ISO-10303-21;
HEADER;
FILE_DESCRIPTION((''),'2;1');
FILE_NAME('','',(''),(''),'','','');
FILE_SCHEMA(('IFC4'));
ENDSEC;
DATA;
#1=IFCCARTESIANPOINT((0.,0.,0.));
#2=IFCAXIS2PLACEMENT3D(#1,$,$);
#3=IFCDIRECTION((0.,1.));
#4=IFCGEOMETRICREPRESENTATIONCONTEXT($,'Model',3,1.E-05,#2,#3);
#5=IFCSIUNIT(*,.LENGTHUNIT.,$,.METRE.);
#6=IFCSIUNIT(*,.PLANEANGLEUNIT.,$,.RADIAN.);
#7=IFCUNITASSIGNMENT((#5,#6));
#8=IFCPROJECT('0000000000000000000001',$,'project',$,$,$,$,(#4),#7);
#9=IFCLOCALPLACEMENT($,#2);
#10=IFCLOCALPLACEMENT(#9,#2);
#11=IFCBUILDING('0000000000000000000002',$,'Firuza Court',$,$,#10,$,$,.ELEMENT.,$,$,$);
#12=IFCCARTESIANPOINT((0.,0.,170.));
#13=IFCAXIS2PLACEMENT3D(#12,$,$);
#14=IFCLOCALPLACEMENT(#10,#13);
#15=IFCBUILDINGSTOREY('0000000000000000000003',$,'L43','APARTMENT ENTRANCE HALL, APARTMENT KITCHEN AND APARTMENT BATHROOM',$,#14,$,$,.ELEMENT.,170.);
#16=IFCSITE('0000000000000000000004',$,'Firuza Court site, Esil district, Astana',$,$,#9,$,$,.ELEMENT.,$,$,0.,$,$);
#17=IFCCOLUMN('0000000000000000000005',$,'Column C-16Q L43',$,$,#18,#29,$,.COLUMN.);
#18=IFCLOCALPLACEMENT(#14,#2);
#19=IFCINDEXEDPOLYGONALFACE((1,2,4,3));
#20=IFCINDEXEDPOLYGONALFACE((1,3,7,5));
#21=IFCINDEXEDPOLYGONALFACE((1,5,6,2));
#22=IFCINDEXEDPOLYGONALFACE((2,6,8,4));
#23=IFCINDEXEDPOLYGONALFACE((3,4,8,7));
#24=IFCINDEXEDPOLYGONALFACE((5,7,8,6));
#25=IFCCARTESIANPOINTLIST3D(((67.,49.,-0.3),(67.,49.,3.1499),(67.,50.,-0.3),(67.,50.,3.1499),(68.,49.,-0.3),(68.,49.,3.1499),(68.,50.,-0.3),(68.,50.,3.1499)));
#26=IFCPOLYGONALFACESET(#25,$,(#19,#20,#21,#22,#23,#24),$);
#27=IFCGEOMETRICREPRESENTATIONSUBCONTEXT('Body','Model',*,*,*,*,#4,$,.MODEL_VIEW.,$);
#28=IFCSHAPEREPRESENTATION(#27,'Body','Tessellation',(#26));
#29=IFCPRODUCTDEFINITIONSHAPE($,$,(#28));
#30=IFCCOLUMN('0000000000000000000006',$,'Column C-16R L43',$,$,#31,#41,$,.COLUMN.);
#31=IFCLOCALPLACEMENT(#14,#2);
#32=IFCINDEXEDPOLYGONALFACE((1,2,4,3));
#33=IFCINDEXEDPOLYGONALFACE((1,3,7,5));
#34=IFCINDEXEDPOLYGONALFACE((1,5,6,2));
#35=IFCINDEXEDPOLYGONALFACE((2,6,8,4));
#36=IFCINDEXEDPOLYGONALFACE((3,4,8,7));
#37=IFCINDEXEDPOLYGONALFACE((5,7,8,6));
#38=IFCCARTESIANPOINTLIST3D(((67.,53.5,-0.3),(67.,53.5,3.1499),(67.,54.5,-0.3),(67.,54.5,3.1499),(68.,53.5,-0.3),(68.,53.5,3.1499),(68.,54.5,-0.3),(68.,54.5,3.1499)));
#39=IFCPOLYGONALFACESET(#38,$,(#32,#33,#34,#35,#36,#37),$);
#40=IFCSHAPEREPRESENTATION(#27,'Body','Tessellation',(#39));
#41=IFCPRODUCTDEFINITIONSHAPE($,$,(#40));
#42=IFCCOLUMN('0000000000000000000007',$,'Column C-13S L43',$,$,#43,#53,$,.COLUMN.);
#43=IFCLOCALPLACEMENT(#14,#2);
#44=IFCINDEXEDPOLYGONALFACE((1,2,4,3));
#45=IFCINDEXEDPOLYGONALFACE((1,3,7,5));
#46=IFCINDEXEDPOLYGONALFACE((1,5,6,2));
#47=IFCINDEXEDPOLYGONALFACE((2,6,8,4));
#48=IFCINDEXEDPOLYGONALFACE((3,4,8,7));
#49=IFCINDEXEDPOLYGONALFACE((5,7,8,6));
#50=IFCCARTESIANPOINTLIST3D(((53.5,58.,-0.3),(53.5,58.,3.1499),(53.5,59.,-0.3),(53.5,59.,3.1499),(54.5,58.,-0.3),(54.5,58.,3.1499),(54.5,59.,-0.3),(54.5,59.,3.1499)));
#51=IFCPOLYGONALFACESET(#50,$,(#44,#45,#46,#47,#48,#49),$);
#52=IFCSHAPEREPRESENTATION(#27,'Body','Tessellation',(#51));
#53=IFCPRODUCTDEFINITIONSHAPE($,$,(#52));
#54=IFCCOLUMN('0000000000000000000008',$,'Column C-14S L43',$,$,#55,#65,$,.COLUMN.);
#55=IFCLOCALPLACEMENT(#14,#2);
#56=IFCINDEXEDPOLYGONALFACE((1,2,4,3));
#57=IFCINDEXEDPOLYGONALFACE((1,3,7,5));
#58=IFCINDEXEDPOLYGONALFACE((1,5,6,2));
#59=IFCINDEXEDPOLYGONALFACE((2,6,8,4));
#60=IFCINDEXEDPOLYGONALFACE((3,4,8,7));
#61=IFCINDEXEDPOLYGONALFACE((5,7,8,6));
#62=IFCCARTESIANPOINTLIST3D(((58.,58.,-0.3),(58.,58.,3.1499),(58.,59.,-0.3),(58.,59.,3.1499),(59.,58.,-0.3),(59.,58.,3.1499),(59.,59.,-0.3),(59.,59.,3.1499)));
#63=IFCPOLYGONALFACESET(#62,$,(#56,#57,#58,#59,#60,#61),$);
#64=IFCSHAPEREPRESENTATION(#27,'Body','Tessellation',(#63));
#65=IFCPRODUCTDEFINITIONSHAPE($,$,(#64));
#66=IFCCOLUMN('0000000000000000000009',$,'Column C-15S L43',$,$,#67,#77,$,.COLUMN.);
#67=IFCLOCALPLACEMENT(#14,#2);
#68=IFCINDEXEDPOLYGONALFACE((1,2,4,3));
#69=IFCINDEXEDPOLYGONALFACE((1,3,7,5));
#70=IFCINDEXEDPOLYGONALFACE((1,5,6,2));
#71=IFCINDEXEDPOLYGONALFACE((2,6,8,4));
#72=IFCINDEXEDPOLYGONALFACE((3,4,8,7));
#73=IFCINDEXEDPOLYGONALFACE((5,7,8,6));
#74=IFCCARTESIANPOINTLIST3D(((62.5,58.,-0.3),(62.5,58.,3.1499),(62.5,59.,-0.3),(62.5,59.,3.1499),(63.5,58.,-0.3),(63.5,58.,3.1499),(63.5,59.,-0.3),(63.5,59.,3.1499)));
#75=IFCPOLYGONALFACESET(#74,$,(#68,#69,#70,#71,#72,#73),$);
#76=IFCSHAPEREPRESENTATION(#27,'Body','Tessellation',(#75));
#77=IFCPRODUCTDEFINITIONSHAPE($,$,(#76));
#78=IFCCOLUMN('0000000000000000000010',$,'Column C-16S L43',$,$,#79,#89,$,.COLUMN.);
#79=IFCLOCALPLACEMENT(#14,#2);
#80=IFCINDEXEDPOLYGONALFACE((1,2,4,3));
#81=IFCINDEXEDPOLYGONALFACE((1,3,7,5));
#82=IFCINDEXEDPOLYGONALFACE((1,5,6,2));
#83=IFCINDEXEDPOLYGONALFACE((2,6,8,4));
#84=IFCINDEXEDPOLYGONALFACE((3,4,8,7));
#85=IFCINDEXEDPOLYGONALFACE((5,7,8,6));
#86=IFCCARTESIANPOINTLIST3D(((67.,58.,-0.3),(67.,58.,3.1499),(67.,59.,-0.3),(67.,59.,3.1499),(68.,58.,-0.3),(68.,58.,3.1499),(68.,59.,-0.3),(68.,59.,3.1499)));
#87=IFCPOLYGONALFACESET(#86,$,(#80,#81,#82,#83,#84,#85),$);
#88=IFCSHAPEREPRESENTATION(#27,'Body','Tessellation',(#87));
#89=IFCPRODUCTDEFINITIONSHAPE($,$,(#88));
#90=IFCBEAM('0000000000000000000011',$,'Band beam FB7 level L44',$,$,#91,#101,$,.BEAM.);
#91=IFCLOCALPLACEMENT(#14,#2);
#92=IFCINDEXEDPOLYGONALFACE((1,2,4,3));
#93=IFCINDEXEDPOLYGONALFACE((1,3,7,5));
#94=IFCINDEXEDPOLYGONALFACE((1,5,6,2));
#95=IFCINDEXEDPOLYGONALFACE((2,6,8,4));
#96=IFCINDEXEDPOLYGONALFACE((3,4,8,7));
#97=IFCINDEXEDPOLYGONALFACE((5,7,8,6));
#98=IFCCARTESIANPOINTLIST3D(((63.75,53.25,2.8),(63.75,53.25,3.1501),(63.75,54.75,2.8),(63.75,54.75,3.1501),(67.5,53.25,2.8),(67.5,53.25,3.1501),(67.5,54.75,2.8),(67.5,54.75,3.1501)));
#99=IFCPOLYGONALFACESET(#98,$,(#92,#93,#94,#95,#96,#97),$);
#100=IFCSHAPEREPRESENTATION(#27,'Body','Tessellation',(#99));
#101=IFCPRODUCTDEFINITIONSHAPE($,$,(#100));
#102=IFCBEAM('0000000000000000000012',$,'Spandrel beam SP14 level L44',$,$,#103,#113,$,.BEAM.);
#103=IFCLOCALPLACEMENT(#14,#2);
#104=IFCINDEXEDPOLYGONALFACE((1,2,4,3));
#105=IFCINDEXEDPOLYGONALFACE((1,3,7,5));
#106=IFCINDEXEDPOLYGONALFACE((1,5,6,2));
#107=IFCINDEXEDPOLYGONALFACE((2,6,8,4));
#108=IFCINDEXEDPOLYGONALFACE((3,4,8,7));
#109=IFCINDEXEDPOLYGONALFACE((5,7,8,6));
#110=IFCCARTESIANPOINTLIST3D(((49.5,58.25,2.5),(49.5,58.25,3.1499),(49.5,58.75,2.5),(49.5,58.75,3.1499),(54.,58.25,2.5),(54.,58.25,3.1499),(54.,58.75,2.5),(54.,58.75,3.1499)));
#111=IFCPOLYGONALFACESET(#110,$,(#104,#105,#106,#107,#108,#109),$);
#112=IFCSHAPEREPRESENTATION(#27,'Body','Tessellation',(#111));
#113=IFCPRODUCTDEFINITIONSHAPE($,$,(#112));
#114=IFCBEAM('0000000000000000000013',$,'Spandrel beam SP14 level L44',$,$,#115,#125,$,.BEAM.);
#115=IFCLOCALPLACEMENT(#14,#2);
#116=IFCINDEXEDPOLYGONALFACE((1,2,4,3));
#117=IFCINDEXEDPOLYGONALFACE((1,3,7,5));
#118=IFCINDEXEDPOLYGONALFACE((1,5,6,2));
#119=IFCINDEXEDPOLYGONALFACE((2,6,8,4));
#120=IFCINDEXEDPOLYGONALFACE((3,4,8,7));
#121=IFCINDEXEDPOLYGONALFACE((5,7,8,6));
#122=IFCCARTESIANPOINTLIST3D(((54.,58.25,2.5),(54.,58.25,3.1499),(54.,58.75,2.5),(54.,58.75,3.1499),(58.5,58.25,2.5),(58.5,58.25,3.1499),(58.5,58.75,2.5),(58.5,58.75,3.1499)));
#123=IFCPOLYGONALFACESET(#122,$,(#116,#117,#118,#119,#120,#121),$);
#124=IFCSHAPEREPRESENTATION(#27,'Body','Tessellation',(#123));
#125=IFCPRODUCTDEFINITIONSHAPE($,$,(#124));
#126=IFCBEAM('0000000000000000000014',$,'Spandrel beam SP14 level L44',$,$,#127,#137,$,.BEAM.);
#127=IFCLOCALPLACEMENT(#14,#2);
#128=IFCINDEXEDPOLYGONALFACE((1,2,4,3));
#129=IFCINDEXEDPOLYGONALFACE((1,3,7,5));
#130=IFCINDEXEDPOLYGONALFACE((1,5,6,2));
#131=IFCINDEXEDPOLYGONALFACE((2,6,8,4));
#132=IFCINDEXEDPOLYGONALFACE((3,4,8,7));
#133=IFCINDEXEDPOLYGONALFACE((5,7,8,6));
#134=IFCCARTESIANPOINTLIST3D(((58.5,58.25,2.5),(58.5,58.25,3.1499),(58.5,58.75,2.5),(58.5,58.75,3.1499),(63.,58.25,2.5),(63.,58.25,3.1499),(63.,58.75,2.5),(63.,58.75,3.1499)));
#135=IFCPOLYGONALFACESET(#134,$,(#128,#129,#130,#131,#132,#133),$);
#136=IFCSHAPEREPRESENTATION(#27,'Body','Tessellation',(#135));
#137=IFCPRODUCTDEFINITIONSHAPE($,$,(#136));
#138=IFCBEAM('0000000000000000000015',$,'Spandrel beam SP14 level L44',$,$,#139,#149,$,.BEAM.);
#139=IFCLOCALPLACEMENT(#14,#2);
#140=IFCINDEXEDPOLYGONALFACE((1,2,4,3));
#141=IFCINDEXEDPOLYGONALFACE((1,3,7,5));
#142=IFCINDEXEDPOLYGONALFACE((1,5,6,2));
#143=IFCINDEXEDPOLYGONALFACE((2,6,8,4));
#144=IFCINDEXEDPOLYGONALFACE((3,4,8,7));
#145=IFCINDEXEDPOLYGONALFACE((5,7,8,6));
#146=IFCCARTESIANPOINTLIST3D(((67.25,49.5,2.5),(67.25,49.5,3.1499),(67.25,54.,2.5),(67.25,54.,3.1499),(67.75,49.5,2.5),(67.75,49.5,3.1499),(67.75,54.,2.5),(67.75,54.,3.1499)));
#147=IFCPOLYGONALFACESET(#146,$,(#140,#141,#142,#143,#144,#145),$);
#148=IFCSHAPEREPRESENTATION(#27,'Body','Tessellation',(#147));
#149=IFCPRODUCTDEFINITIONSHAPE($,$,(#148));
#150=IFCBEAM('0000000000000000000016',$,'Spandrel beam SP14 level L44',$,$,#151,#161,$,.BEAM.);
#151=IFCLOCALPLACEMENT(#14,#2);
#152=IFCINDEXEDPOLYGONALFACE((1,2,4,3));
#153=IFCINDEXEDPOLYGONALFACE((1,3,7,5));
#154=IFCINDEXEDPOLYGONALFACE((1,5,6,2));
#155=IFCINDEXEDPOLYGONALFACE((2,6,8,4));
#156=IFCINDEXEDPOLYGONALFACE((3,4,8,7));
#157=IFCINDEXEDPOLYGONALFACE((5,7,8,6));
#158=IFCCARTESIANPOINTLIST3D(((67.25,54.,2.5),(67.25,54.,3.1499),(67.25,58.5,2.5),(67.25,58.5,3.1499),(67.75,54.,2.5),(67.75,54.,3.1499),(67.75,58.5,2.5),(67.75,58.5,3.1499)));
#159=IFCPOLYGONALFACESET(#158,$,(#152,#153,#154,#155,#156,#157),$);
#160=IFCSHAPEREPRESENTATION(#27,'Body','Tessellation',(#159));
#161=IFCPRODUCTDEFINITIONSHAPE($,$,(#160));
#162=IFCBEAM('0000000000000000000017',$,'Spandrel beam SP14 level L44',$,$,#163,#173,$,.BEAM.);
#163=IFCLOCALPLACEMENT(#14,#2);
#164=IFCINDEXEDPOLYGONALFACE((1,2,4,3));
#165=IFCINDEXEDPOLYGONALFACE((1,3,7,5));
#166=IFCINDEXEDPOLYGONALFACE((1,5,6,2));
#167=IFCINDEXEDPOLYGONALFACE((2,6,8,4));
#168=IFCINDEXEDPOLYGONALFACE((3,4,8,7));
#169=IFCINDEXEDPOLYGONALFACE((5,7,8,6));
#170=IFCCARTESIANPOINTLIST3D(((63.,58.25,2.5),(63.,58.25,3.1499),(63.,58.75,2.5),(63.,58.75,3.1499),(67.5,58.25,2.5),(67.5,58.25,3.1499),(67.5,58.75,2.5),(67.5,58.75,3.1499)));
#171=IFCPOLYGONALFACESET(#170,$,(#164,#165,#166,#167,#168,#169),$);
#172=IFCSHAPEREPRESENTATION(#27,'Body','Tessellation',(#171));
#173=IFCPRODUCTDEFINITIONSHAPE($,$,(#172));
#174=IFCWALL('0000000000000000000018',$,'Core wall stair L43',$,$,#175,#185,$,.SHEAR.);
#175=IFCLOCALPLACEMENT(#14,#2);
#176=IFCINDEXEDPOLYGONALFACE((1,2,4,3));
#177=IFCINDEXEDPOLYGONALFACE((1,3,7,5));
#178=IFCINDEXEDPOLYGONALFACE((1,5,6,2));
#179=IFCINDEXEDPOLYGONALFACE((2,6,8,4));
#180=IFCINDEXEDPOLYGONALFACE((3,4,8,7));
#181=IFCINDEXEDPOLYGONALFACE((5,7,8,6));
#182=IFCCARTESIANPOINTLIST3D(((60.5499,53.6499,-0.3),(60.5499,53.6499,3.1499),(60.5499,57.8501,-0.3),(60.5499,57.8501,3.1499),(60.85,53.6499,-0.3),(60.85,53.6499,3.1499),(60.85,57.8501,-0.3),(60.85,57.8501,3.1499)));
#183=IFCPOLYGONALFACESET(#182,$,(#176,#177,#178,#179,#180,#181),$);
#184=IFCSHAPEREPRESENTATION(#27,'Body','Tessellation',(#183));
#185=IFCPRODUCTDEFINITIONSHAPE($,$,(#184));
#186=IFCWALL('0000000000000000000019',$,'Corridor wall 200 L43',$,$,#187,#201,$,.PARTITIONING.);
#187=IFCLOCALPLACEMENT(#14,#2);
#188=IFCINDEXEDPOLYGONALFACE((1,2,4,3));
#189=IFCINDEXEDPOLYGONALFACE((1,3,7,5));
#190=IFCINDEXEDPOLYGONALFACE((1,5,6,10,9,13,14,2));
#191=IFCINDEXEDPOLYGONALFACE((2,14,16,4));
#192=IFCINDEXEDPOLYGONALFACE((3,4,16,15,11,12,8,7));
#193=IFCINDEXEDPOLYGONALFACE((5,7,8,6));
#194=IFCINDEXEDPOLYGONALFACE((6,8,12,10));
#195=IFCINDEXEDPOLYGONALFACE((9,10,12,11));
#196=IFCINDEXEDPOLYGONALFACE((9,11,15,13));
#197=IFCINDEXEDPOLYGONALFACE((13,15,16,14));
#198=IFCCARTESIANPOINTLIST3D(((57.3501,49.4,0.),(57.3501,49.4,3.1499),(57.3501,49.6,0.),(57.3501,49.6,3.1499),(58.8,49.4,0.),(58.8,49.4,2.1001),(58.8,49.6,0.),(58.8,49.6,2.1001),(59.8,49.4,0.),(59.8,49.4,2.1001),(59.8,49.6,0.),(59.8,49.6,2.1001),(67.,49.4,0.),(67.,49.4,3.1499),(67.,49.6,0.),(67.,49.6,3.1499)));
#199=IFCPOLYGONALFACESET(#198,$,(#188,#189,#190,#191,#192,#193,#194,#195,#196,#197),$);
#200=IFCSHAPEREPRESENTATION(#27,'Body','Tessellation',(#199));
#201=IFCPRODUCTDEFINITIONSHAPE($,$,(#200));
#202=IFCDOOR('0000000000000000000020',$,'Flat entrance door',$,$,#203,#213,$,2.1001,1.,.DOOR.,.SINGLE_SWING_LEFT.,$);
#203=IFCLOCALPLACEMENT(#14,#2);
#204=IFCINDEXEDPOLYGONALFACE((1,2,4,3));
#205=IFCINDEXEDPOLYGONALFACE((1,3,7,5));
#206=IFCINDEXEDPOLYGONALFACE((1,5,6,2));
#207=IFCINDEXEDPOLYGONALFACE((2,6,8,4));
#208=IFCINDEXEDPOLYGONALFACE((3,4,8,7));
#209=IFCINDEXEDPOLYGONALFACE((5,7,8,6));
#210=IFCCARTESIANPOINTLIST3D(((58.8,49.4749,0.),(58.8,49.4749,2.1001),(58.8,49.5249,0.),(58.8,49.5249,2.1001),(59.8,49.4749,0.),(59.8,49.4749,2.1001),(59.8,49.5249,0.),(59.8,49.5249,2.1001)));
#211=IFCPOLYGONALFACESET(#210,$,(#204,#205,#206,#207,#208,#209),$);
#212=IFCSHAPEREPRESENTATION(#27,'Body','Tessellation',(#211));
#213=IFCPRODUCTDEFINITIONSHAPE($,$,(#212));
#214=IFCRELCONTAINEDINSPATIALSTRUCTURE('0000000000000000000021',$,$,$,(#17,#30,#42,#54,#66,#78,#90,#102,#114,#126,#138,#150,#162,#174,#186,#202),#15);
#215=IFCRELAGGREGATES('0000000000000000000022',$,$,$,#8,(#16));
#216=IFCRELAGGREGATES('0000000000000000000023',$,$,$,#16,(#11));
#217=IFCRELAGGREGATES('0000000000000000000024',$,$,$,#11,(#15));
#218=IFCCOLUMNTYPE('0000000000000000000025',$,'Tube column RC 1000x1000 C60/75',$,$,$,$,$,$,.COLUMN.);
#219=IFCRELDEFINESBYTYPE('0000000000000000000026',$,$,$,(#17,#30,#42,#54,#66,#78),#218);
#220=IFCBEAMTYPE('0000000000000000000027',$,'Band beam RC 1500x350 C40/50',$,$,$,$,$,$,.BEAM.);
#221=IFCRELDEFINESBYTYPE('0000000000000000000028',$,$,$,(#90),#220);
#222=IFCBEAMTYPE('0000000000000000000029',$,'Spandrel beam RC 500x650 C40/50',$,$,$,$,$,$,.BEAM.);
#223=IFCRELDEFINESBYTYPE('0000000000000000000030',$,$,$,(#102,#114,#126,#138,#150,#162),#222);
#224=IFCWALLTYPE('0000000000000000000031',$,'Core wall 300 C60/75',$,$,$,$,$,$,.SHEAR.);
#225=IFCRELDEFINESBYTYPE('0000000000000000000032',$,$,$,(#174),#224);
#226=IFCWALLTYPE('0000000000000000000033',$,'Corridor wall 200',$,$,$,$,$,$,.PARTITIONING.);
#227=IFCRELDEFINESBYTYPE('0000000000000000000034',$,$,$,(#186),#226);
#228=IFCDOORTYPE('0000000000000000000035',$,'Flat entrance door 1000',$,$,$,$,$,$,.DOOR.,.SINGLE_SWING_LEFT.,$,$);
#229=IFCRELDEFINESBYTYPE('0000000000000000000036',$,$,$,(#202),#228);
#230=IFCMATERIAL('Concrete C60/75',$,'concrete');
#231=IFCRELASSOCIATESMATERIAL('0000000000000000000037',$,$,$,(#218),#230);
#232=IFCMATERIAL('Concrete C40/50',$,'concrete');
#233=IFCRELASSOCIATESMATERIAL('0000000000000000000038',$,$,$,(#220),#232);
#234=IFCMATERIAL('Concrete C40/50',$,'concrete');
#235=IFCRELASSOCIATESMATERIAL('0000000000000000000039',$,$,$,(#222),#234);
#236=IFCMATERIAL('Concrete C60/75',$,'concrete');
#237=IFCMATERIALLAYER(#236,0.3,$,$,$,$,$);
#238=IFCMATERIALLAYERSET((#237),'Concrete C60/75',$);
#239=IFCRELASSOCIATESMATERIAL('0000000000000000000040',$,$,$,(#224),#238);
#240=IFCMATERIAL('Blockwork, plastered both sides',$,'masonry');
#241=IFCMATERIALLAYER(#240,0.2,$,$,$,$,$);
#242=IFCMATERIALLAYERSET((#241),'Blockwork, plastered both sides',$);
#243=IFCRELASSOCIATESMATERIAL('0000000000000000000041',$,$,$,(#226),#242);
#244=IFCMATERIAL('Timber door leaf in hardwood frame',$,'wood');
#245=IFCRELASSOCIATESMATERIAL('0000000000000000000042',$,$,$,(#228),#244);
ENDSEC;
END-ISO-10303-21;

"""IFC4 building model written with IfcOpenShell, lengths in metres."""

from ifc_helpers import new_model, si_unit, direction, frame, frame_2d, origin, origin_2d, place, context, subcontext, project, spatial, rectangle, extrude, material, layer, layer_set, material_profile, profile_set, type_object, element, fill, save


model = new_model("IFC4")

# Units and contexts
model_context = context("Model", 3, precision=1e-05, world=origin(), true_north=direction((0.0, 1.0)))
body_context = subcontext(model_context, "Body", "Model", "MODEL_VIEW")
ifc_project = project(units=[si_unit("LENGTHUNIT", "METRE"), si_unit("PLANEANGLEUNIT", "RADIAN")], contexts=[model_context])

# Site, building, storey
site_placement = place(None, origin())
site = spatial("IfcSite", under=ifc_project, at=site_placement, Name="Firuza Court site, Esil district, Astana", CompositionType="ELEMENT", RefElevation=0.0)
building_placement = place(site_placement, origin())
building = spatial("IfcBuilding", under=site, at=building_placement, Name="Firuza Court", CompositionType="ELEMENT")
storey_placement = place(building_placement, frame((0.0, 0.0, 170.0)))
storey = spatial("IfcBuildingStorey", under=building, at=storey_placement, Name="L43", Description="APARTMENT ENTRANCE HALL, APARTMENT KITCHEN AND APARTMENT BATHROOM", CompositionType="ELEMENT", Elevation=170.0)

# Columns
ifc_material_1 = material(Name="Concrete C60/75", Category="concrete")
ifc_material_profile_1 = material_profile(ifc_material_1, rectangle(XDim=1.0, YDim=1.0, at=origin_2d()), Name="RC 1000x1000")
ifc_profile_set_1 = profile_set([ifc_material_profile_1], Name="Concrete C60/75")
column_type = type_object("IfcColumnType", Name="Tube column RC 1000x1000 C60/75", PredefinedType="COLUMN", material=ifc_profile_set_1)
for number, where, z_axis, x_axis, name in (
    (1, (67.5, 49.5, -0.3), (0.0, 0.0, 1.0), (1.0, 0.0, 0.0), "Column C-16Q L43"),
    (2, (67.5, 54.0, -0.3), (0.0, 0.0, 1.0), (1.0, 0.0, 0.0), "Column C-16R L43"),
    (3, (54.0, 58.5, -0.3), (0.0, 0.0, 1.0), (1.0, 0.0, 0.0), "Column C-13S L43"),
    (4, (58.5, 58.5, -0.3), (0.0, 0.0, 1.0), (1.0, 0.0, 0.0), "Column C-14S L43"),
    (5, (63.0, 58.5, -0.3), (0.0, 0.0, 1.0), (1.0, 0.0, 0.0), "Column C-15S L43"),
    (6, (67.5, 58.5, -0.3), (0.0, 0.0, 1.0), (1.0, 0.0, 0.0), "Column C-16S L43"),
):
    element("IfcColumn", number, at=place(storey_placement, frame(where, z_axis=z_axis, x_axis=x_axis)), inside=storey, type_object=column_type, Name=name, PredefinedType="COLUMN", context=body_context, shape_type="SweptSolid", body=[
        extrude(rectangle(XDim=1.0, YDim=1.0, at=origin_2d()), origin(), (0.0, 0.0, 1.0), 3.45),
    ])

# Beams
ifc_material_2 = material(Name="Concrete C40/50", Category="concrete")
ifc_material_profile_2 = material_profile(ifc_material_2, rectangle(XDim=1.5, YDim=0.3501, at=origin_2d()), Name="RC 1500x350")
ifc_profile_set_2 = profile_set([ifc_material_profile_2], Name="Concrete C40/50")
beam_type_1 = type_object("IfcBeamType", Name="Band beam RC 1500x350 C40/50", PredefinedType="BEAM", material=ifc_profile_set_2)
beam_placement = place(storey_placement, frame((67.5, 54.0, 2.9751), z_axis=(-1.0, 0.0, 0.0), x_axis=(0.0, -1.0, 0.0)))
element("IfcBeam", 7, at=beam_placement, inside=storey, type_object=beam_type_1, Name="Band beam FB7 level L44", PredefinedType="BEAM", context=body_context, shape_type="SweptSolid", body=[
    extrude(rectangle(XDim=1.5, YDim=0.3501, at=origin_2d()), origin(), (0.0, 0.0, 1.0), 3.75),
])
ifc_material_3 = material(Name="Concrete C40/50", Category="concrete")
ifc_material_profile_3 = material_profile(ifc_material_3, rectangle(XDim=0.5, YDim=0.6499, at=origin_2d()), Name="RC 500x650")
ifc_profile_set_3 = profile_set([ifc_material_profile_3], Name="Concrete C40/50")
beam_type_2 = type_object("IfcBeamType", Name="Spandrel beam RC 500x650 C40/50", PredefinedType="BEAM", material=ifc_profile_set_3)
for number, where, z_axis, x_axis, name in (
    (8, (54.0, 58.5, 2.825), (-1.0, 0.0, 0.0), (0.0, -1.0, 0.0), "Spandrel beam SP14 level L44"),
    (9, (58.5, 58.5, 2.825), (-1.0, 0.0, 0.0), (0.0, -1.0, 0.0), "Spandrel beam SP14 level L44"),
    (10, (63.0, 58.5, 2.825), (-1.0, 0.0, 0.0), (0.0, -1.0, 0.0), "Spandrel beam SP14 level L44"),
    (11, (67.5, 49.5, 2.825), (0.0, 1.0, 0.0), (-1.0, 0.0, 0.0), "Spandrel beam SP14 level L44"),
    (12, (67.5, 54.0, 2.825), (0.0, 1.0, 0.0), (-1.0, 0.0, 0.0), "Spandrel beam SP14 level L44"),
    (13, (67.5, 58.5, 2.825), (-1.0, 0.0, 0.0), (0.0, -1.0, 0.0), "Spandrel beam SP14 level L44"),
):
    element("IfcBeam", number, at=place(storey_placement, frame(where, z_axis=z_axis, x_axis=x_axis)), inside=storey, type_object=beam_type_2, Name=name, PredefinedType="BEAM", context=body_context, shape_type="SweptSolid", body=[
        extrude(rectangle(XDim=0.5, YDim=0.6499, at=origin_2d()), origin(), (0.0, 0.0, 1.0), 4.5),
    ])

# Wall
ifc_material_4 = material(Name="Concrete C60/75", Category="concrete")
ifc_layer_1 = layer(ifc_material_4, 0.3)
ifc_layer_set_1 = layer_set([ifc_layer_1], Name="Concrete C60/75")
wall_type_1 = type_object("IfcWallType", Name="Core wall 300 C60/75", PredefinedType="SHEAR", material=ifc_layer_set_1)
wall_1_placement = place(storey_placement, frame((60.7, 53.6499, -0.3), z_axis=(0.0, 0.0, 1.0), x_axis=(0.0, 1.0, 0.0)))
element("IfcWall", 14, at=wall_1_placement, inside=storey, type_object=wall_type_1, Name="Core wall stair L43", PredefinedType="SHEAR", context=body_context, shape_type="SweptSolid", body=[
    extrude(rectangle(XDim=4.2002, YDim=0.3, at=frame_2d((2.1001, 0.0))), origin(), (0.0, 0.0, 1.0), 3.45),
])

# Wall, opening, door
ifc_material_5 = material(Name="Blockwork, plastered both sides", Category="masonry")
ifc_layer_2 = layer(ifc_material_5, 0.2)
ifc_layer_set_2 = layer_set([ifc_layer_2], Name="Blockwork, plastered both sides")
wall_type_2 = type_object("IfcWallType", Name="Corridor wall 200", PredefinedType="PARTITIONING", material=ifc_layer_set_2)
wall_2_placement = place(storey_placement, frame((57.3501, 49.5, 0.0), z_axis=(0.0, 0.0, 1.0), x_axis=(1.0, 0.0, 0.0)))
wall_2 = element("IfcWall", 15, at=wall_2_placement, inside=storey, type_object=wall_type_2, Name="Corridor wall 200 L43", PredefinedType="PARTITIONING", context=body_context, shape_type="SweptSolid", body=[
    extrude(rectangle(XDim=9.6499, YDim=0.2, at=frame_2d((4.825, 0.0))), origin(), (0.0, 0.0, 1.0), 3.1499),
])
opening_1_placement = place(wall_2_placement, frame((1.45, 0.0, 0.0)))
opening_1 = element("IfcOpeningElement", 16, at=opening_1_placement, cuts=wall_2, PredefinedType="OPENING", context=body_context, shape_type="SweptSolid", body=[
    extrude(rectangle(XDim=1.0, YDim=2.1001, at=frame_2d((0.5, 1.05))), frame((0.0, 0.1118, 0.0), z_axis=(0.0, -1.0, 0.0), x_axis=(1.0, 0.0, 0.0)), (0.0, 0.0, 1.0), 0.2239),
])
ifc_material_6 = material(Name="Timber door leaf in hardwood frame", Category="wood")
door_type_1 = type_object("IfcDoorType", Name="Flat entrance door 1000", OperationType="SINGLE_SWING_LEFT", PredefinedType="DOOR", material=ifc_material_6)
door_1_placement = place(opening_1_placement, origin())
door_1 = element("IfcDoor", 17, at=door_1_placement, inside=storey, type_object=door_type_1, Name="Flat entrance door", OperationType="SINGLE_SWING_LEFT", OverallHeight=2.1001, OverallWidth=1.0, PredefinedType="DOOR", context=body_context, shape_type="SweptSolid", body=[
    extrude(rectangle(XDim=1.0, YDim=2.1001, at=frame_2d((0.5, 1.05))), frame((0.0, 0.0249, 0.0), z_axis=(0.0, -1.0, 0.0), x_axis=(1.0, 0.0, 0.0)), (0.0, 0.0, 1.0), 0.05),
])
fill(opening_1, door_1)

save(model, "model.ifc")
